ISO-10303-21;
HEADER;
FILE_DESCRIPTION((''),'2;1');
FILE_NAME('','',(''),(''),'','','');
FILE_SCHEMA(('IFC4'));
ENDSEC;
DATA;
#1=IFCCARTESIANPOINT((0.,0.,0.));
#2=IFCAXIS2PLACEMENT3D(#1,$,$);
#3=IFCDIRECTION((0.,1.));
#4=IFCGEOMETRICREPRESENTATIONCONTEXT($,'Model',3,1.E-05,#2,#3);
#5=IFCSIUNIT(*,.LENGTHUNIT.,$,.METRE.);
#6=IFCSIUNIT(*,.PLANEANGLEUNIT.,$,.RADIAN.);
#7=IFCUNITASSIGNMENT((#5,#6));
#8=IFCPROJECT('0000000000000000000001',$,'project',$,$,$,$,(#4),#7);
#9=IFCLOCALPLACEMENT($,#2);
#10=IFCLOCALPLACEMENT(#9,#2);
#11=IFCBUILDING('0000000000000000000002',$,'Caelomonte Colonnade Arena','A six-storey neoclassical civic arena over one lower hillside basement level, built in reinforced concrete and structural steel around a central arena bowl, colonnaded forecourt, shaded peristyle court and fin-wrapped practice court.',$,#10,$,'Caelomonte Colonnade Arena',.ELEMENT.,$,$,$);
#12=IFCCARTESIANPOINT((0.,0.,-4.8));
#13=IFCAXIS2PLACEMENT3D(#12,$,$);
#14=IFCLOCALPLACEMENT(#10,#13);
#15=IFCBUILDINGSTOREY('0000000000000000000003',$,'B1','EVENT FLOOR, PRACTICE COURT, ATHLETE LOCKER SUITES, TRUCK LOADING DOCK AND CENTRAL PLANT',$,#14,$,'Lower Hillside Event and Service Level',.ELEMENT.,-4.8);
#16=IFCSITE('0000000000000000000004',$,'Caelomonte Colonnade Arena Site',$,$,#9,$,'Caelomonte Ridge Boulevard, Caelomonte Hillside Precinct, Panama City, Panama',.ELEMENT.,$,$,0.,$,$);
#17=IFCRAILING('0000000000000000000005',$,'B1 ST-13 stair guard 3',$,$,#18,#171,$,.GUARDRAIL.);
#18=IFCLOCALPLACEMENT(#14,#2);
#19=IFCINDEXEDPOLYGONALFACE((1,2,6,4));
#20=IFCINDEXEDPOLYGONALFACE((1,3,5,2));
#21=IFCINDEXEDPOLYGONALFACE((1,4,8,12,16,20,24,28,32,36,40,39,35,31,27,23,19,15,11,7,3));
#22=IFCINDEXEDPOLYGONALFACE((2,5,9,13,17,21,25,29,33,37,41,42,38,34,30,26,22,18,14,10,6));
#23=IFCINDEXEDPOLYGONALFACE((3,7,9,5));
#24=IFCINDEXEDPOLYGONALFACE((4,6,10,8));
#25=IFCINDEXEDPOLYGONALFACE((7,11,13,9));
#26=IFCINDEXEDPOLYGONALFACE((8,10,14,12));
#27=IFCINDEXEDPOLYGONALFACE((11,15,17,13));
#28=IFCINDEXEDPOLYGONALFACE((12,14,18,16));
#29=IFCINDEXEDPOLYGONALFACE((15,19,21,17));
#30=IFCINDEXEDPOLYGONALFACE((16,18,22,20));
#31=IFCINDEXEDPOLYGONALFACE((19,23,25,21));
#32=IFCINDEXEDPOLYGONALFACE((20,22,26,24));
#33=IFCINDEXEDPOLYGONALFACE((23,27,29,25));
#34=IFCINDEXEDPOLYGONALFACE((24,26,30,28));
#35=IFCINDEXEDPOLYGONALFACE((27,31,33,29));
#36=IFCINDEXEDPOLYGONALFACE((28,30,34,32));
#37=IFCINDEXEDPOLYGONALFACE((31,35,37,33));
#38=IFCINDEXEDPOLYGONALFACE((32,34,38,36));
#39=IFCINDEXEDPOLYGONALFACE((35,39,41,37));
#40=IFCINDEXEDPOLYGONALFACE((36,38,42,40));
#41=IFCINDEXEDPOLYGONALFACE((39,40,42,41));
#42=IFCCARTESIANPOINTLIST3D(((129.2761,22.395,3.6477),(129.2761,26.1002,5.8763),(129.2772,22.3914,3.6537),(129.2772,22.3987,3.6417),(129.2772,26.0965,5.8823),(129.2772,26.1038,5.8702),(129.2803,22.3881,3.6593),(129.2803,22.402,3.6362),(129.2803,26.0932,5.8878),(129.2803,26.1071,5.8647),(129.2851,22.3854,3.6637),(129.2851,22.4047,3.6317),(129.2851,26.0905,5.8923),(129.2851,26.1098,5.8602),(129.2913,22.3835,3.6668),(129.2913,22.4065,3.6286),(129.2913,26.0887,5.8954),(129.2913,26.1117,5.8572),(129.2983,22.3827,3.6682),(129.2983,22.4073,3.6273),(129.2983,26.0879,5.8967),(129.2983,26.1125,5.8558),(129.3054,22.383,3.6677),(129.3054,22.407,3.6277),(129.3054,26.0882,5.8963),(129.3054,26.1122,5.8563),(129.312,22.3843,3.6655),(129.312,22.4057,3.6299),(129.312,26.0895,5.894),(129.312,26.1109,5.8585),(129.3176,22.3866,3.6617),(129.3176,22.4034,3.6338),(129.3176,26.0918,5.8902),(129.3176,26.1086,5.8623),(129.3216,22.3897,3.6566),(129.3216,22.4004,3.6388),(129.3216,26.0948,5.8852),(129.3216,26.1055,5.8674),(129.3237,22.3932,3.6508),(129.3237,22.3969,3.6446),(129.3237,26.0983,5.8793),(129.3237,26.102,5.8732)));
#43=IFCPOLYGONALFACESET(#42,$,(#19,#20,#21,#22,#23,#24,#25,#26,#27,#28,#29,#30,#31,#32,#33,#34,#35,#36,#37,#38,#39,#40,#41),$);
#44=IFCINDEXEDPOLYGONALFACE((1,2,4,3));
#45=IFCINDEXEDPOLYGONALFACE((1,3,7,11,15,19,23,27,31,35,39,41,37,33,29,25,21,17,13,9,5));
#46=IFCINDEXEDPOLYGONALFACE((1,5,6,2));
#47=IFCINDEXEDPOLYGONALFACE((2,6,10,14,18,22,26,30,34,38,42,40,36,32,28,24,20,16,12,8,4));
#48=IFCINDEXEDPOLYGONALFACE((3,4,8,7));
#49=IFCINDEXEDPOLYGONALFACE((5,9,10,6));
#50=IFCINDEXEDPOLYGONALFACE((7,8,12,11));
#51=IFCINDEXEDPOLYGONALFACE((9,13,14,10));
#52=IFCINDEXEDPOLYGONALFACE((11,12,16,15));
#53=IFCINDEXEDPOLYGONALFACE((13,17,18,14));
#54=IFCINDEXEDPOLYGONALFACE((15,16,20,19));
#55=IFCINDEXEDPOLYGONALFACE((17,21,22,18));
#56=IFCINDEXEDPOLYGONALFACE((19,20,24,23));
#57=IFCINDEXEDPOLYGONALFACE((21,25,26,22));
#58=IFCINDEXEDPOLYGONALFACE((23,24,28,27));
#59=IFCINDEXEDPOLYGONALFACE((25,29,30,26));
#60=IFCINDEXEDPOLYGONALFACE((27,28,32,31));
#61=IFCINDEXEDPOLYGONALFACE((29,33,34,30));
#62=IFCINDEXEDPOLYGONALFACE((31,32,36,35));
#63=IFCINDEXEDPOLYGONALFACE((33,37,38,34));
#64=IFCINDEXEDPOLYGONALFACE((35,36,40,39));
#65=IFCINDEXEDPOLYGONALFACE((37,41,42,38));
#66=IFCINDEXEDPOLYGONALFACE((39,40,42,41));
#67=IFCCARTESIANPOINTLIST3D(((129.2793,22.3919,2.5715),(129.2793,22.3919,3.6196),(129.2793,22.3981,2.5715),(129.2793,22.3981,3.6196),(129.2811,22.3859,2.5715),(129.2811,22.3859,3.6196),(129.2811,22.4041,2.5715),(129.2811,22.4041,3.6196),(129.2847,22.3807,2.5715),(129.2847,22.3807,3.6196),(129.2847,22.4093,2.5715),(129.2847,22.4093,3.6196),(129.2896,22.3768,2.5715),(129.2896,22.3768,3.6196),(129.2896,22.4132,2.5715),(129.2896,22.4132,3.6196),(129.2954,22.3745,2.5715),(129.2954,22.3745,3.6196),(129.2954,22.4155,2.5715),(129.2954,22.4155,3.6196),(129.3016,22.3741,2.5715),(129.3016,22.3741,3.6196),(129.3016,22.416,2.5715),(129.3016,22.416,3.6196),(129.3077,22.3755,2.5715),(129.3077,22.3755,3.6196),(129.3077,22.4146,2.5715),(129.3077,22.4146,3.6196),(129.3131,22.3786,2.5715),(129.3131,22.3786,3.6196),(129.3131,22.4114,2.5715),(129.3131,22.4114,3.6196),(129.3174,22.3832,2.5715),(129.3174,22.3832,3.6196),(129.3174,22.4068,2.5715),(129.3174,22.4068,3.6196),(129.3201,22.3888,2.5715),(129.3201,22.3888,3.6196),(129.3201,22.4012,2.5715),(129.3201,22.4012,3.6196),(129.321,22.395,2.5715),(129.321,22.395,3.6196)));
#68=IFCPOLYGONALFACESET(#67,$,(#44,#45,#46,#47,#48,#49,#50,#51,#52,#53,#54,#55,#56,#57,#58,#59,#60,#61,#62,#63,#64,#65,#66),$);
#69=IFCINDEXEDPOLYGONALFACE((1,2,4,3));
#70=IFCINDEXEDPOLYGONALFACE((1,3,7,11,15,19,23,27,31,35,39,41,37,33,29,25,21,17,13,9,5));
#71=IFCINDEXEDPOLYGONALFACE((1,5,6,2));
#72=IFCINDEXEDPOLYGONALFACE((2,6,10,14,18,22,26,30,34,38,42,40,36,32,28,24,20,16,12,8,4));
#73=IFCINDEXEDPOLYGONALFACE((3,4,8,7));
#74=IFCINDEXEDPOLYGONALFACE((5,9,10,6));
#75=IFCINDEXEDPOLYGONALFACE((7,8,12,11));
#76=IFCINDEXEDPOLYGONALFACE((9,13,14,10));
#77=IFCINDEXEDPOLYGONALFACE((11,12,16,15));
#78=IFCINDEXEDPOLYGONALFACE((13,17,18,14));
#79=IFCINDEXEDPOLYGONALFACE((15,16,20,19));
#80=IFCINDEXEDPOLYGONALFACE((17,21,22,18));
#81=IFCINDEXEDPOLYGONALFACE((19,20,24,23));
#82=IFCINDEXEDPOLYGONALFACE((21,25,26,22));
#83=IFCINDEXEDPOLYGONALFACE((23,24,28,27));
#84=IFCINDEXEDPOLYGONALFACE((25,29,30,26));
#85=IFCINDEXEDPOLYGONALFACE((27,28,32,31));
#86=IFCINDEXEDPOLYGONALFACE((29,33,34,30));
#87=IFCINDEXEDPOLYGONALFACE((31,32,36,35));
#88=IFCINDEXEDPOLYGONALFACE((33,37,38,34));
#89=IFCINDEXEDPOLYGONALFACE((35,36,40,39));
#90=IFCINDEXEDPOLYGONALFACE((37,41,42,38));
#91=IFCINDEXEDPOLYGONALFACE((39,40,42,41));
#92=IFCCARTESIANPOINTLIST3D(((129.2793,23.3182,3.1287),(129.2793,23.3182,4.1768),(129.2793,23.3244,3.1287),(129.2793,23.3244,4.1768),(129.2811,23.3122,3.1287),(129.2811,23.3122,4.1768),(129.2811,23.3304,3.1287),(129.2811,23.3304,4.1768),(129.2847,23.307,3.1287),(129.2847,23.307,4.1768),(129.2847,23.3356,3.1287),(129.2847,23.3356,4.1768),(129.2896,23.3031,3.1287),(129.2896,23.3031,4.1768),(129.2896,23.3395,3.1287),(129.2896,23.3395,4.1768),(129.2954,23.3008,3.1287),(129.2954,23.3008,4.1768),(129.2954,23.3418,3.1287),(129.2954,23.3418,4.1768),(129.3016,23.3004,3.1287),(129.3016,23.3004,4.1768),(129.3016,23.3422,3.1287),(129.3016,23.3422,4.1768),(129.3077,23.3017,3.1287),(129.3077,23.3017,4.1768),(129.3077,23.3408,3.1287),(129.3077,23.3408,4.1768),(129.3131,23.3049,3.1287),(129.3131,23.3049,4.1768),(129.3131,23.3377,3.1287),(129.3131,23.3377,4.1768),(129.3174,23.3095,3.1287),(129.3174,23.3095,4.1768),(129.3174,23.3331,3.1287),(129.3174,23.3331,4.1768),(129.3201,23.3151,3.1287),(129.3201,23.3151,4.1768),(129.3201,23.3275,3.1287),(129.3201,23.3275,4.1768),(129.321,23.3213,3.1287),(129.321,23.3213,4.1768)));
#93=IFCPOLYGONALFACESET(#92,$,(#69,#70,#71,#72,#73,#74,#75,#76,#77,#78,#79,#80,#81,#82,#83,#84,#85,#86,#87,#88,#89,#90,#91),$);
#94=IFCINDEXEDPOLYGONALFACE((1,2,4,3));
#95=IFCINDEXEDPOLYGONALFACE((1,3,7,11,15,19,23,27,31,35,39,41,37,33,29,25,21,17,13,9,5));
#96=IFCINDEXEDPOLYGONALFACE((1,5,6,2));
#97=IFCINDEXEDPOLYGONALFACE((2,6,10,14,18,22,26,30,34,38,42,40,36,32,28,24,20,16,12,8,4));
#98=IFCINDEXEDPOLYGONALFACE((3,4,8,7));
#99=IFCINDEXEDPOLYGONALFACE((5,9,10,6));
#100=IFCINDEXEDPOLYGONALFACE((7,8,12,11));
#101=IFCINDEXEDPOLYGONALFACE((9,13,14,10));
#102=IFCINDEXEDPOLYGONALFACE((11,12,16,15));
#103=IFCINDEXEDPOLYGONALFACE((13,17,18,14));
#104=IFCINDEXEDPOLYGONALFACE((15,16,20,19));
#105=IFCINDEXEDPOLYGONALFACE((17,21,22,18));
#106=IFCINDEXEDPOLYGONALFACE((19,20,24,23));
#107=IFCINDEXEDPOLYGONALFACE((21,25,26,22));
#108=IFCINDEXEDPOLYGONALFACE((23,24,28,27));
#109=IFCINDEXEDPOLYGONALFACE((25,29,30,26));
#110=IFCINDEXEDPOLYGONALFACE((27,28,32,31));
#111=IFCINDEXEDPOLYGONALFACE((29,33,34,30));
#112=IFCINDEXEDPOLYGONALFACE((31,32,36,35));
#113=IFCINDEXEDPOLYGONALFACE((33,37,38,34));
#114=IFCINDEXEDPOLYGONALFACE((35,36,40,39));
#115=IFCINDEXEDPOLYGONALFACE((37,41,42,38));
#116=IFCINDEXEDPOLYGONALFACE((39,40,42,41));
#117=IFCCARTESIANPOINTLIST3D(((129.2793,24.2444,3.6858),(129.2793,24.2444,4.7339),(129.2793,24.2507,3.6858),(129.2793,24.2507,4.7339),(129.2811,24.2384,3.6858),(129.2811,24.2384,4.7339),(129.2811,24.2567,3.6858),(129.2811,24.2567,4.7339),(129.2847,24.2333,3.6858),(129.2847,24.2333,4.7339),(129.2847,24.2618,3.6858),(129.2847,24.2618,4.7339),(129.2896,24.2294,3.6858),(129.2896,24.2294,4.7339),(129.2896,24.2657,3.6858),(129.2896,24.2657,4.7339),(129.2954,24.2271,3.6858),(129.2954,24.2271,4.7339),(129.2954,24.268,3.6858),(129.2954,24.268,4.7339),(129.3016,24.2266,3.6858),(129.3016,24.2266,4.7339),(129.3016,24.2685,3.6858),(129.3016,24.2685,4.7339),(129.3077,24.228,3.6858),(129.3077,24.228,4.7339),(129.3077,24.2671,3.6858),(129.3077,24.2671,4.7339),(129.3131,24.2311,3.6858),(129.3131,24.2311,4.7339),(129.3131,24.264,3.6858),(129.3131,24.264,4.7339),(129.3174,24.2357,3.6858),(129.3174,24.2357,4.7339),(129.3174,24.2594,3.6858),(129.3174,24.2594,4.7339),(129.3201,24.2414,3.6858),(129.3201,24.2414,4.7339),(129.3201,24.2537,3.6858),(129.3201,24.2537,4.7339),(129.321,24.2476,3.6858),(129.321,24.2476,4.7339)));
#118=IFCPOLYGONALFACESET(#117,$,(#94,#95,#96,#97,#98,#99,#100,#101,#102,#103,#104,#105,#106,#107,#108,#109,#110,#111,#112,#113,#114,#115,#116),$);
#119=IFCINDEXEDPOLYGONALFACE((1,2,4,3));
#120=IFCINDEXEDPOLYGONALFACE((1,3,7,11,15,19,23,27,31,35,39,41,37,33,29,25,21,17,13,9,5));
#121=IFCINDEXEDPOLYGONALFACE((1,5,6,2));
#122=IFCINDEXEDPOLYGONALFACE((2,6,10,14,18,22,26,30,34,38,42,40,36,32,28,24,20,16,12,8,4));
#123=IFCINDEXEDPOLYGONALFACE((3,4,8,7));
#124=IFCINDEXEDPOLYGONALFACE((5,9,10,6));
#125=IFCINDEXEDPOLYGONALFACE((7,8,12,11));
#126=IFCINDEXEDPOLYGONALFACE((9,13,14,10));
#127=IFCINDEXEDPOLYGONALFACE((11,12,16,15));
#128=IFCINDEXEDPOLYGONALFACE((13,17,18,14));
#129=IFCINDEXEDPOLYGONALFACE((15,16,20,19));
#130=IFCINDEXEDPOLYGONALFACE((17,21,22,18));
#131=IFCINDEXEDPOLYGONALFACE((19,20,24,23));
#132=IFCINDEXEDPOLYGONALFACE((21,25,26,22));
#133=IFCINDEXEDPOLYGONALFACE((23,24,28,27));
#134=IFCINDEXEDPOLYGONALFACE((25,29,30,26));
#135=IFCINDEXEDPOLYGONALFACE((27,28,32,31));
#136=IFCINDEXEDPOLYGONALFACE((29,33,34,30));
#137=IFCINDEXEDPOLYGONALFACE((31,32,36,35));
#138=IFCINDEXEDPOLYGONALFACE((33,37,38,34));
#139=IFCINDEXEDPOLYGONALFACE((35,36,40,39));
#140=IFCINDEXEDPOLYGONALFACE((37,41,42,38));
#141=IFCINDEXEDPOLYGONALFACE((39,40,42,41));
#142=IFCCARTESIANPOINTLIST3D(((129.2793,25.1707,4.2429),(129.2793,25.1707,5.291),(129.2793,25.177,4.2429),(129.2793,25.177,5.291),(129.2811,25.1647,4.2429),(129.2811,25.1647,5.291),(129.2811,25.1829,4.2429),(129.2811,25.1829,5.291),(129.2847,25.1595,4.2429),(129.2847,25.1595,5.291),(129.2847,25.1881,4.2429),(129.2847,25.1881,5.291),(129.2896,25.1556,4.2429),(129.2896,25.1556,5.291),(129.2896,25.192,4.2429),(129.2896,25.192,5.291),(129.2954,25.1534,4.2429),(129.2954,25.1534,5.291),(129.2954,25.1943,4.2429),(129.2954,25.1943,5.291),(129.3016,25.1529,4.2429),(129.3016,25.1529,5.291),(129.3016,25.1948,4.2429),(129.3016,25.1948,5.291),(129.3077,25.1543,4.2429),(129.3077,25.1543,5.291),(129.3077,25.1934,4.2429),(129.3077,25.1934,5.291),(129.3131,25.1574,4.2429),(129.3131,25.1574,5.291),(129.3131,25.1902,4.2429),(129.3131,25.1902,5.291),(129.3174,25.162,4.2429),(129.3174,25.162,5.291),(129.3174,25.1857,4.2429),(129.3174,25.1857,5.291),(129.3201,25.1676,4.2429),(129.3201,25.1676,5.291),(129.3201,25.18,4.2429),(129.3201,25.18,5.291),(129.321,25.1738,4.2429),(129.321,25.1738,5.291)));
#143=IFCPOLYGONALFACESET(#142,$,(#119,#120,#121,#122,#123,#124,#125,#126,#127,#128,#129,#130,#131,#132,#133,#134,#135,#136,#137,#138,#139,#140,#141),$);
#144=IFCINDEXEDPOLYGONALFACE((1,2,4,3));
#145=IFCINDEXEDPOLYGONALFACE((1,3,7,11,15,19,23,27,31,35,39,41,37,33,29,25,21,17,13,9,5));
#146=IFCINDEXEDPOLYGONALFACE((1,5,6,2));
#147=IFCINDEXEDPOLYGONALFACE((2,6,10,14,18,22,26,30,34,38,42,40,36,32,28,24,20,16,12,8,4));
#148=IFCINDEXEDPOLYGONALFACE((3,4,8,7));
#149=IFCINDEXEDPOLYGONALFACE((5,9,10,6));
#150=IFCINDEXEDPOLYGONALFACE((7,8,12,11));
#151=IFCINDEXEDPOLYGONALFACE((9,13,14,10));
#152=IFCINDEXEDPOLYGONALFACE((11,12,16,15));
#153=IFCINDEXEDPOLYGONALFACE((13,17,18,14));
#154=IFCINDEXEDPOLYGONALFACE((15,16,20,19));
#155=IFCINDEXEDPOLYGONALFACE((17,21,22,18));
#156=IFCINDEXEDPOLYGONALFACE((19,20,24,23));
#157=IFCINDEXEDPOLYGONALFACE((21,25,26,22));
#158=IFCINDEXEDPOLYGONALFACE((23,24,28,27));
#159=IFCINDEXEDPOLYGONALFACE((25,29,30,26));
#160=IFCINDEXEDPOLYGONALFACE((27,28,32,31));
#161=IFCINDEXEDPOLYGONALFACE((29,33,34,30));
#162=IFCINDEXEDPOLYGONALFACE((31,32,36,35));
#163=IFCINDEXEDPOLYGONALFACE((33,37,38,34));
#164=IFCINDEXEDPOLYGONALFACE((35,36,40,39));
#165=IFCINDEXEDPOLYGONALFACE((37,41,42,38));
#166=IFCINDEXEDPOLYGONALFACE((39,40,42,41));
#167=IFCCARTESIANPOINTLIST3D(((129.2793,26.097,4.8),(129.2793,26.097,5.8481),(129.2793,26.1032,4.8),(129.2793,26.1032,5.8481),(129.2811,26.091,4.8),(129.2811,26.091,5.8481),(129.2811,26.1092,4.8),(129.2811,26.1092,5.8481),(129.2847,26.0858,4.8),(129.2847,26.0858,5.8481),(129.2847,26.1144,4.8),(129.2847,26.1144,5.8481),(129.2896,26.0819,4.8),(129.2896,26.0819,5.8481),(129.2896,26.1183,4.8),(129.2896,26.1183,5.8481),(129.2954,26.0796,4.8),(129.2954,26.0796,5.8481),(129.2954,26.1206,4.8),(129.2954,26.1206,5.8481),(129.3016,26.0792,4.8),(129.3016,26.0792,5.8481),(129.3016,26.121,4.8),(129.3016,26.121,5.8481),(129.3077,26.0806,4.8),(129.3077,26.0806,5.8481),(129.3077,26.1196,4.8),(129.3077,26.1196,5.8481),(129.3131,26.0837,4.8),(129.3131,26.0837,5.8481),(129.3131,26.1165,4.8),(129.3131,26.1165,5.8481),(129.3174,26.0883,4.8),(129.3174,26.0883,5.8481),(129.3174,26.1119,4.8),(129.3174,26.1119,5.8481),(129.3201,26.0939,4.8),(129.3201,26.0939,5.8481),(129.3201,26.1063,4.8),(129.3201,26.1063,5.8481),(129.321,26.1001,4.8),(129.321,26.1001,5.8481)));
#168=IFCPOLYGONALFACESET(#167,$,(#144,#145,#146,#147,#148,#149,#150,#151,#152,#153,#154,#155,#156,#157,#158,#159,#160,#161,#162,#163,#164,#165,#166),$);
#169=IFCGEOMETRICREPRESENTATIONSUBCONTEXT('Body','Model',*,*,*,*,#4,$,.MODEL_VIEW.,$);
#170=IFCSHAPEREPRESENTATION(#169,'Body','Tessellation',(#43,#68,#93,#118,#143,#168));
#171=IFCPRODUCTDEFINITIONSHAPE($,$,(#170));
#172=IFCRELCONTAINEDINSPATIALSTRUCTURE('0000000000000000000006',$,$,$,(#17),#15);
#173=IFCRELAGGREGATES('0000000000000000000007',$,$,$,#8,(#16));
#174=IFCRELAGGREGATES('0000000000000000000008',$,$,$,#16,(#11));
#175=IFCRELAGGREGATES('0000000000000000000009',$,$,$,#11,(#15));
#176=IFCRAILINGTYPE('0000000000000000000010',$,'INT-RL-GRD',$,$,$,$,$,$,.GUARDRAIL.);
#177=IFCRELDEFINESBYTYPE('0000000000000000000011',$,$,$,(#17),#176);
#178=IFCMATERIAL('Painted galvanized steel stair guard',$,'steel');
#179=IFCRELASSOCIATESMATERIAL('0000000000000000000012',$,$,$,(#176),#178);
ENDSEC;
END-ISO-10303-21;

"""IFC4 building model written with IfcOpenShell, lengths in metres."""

from ifc_helpers import new_model, si_unit, direction, frame, origin, origin_2d, place, context, subcontext, project, spatial, circle, extrude, material, type_object, element, save


model = new_model("IFC4")

# Units and contexts
model_context = context("Model", 3, precision=1e-05, world=origin(), true_north=direction((0.0, 1.0)))
body_context = subcontext(model_context, "Body", "Model", "MODEL_VIEW")
ifc_project = project(units=[si_unit("LENGTHUNIT", "METRE"), si_unit("PLANEANGLEUNIT", "RADIAN")], contexts=[model_context])

# Site, building, storey
site_placement = place(None, origin())
site = spatial("IfcSite", under=ifc_project, at=site_placement, Name="Caelomonte Colonnade Arena Site", LongName="Caelomonte Ridge Boulevard, Caelomonte Hillside Precinct, Panama City, Panama", CompositionType="ELEMENT", RefElevation=0.0)
building_placement = place(site_placement, origin())
building = spatial("IfcBuilding", under=site, at=building_placement, Name="Caelomonte Colonnade Arena", Description="A six-storey neoclassical civic arena over one lower hillside basement level, built in reinforced concrete and structural steel around a central arena bowl, colonnaded forecourt, shaded peristyle court and fin-wrapped practice court.", LongName="Caelomonte Colonnade Arena", CompositionType="ELEMENT")
storey_placement = place(building_placement, frame((0.0, 0.0, -4.8)))
storey = spatial("IfcBuildingStorey", under=building, at=storey_placement, Name="B1", Description="EVENT FLOOR, PRACTICE COURT, ATHLETE LOCKER SUITES, TRUCK LOADING DOCK AND CENTRAL PLANT", LongName="Lower Hillside Event and Service Level", CompositionType="ELEMENT", Elevation=-4.8)

# Railing
ifc_material_1 = material(Name="Painted galvanized steel stair guard", Category="steel")
railing_type_1 = type_object("IfcRailingType", Name="INT-RL-GRD", PredefinedType="GUARDRAIL", material=ifc_material_1)
railing_1_placement = place(storey_placement, frame((129.3, 22.395, 2.5715)))
element("IfcRailing", 1, at=railing_1_placement, inside=storey, type_object=railing_type_1, Name="B1 ST-13 stair guard 3", PredefinedType="GUARDRAIL", context=body_context, shape_type="SweptSolid", body=[
    extrude(circle(Radius=0.0239, at=origin_2d()), frame((0.0, 0.0, 1.0762), z_axis=(0.0, 0.856934, 0.515425), x_axis=(-1.0, 0.0, 0.0)), (0.0, 0.0, 1.0), 4.3237),
    extrude(circle(Radius=0.021, at=origin_2d()), origin(), (0.0, 0.0, 1.0), 1.0481),
    extrude(circle(Radius=0.021, at=origin_2d()), frame((0.0, 0.9263, 0.5571)), (0.0, 0.0, 1.0), 1.0481),
    extrude(circle(Radius=0.021, at=origin_2d()), frame((0.0, 1.8525, 1.1143)), (0.0, 0.0, 1.0), 1.0481),
    extrude(circle(Radius=0.021, at=origin_2d()), frame((0.0, 2.7788, 1.6714)), (0.0, 0.0, 1.0), 1.0481),
    extrude(circle(Radius=0.021, at=origin_2d()), frame((0.0, 3.7051, 2.2285)), (0.0, 0.0, 1.0), 1.0481),
])

save(model, "model.ifc")
